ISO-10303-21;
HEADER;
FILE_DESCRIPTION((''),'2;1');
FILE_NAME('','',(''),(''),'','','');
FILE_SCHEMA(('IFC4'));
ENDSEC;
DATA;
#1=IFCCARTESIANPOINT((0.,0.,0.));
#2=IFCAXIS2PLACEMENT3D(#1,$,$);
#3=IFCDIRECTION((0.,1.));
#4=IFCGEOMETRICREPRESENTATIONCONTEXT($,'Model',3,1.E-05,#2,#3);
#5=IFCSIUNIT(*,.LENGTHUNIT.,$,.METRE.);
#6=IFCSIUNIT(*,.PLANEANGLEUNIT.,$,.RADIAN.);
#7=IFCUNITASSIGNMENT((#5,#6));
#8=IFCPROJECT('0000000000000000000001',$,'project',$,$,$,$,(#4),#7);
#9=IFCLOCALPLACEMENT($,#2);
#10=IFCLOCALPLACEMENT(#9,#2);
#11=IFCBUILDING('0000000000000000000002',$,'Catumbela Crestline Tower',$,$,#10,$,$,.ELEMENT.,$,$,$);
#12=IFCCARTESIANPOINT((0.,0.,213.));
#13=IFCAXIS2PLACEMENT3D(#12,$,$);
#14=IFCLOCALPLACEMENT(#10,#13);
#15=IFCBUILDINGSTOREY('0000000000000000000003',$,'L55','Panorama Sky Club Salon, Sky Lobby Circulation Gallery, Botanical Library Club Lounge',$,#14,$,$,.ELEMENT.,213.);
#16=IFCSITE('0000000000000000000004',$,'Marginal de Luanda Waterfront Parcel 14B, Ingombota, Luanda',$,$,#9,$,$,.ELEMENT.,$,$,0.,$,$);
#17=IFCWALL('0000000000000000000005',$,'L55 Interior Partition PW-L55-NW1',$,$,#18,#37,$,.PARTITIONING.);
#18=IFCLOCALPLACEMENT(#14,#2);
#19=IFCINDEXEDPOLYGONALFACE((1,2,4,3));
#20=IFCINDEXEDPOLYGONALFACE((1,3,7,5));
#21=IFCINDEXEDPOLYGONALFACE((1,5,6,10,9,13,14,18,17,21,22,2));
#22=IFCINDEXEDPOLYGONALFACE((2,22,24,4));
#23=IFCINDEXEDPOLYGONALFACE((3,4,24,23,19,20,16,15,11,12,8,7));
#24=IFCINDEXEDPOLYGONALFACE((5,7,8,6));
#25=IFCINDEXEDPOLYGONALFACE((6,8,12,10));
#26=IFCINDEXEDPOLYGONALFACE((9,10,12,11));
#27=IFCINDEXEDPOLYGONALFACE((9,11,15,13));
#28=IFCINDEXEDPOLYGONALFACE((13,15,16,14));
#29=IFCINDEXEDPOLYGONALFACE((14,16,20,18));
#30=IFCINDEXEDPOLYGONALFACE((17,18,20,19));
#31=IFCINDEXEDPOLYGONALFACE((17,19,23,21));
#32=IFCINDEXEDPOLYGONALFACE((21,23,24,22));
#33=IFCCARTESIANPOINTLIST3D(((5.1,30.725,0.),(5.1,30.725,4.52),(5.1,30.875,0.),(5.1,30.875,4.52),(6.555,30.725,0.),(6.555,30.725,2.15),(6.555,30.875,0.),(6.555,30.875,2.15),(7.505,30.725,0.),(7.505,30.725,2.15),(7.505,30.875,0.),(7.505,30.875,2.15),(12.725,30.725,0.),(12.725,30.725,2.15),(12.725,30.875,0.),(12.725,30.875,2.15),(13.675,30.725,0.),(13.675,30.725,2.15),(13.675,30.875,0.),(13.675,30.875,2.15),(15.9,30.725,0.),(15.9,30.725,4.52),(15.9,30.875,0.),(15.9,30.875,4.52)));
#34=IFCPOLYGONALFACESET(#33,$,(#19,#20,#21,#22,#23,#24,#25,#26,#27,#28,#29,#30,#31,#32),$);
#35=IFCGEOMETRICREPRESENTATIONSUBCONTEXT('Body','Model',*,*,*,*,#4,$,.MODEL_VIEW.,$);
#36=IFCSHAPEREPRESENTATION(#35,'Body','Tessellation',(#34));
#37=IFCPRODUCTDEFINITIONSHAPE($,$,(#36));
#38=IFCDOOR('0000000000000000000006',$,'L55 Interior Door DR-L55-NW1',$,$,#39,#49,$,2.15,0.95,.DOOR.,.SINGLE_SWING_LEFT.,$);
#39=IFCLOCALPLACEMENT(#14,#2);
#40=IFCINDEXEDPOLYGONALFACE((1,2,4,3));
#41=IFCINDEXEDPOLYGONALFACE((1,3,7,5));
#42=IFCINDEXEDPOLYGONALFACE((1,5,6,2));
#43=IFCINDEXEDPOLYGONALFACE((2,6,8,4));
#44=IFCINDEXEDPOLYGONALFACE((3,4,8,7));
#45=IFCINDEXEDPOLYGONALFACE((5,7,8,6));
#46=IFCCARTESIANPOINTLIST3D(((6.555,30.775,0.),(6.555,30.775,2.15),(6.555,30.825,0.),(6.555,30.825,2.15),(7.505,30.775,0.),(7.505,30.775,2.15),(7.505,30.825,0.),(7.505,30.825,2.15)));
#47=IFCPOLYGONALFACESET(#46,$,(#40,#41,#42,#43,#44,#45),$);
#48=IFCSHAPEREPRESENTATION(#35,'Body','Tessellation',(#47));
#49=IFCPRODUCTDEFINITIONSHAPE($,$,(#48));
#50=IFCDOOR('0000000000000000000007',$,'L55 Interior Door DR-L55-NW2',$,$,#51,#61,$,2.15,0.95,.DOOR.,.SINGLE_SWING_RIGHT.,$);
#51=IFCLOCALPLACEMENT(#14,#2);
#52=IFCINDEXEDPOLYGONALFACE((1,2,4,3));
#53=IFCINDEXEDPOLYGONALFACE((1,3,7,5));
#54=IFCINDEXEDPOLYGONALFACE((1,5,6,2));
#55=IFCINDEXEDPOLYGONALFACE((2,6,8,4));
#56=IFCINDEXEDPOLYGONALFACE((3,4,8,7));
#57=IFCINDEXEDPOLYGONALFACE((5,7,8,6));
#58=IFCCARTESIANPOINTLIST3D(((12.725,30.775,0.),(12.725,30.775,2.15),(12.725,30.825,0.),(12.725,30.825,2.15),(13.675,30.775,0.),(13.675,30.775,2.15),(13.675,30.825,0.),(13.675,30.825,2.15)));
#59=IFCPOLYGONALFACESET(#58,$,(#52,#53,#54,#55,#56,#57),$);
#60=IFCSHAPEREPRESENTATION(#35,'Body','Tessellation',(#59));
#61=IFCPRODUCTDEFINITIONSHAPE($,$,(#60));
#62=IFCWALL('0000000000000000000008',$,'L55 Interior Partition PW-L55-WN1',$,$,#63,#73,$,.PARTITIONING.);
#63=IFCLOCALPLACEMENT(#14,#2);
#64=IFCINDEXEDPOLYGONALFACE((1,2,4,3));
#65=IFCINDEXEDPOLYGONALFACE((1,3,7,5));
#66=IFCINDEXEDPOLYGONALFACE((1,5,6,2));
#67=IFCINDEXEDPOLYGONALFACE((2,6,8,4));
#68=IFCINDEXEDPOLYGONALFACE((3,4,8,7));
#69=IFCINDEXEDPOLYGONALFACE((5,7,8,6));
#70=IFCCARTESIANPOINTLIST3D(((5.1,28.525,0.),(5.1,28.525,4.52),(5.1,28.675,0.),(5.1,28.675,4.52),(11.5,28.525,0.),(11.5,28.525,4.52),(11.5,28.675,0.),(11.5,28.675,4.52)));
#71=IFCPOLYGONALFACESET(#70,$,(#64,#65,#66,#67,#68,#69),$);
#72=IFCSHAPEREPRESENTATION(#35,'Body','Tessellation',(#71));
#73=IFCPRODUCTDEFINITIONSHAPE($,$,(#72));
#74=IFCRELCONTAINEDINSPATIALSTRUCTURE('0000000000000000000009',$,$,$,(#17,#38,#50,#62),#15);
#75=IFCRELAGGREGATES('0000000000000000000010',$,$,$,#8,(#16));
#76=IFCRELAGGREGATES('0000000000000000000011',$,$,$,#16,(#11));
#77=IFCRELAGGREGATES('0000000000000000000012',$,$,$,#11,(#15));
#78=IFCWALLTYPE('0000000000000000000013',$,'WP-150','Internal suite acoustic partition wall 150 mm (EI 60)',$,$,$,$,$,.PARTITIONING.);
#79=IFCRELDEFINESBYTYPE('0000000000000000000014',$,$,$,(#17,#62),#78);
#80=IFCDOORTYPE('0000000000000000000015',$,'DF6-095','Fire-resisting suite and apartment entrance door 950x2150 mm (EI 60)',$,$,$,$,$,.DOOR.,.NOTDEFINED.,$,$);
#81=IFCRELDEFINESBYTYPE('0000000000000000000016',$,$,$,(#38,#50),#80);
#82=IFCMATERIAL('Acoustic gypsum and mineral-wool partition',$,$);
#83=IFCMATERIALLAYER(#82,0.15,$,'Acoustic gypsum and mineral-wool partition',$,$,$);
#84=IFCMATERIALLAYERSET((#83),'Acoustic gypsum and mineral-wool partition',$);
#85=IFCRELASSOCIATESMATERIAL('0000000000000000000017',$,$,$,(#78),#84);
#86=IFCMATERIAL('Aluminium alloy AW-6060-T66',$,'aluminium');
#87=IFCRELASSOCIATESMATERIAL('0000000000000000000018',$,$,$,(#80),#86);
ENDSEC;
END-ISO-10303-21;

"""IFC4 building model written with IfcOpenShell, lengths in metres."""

from ifc_helpers import new_model, si_unit, direction, frame, frame_2d, origin, place, context, subcontext, project, spatial, rectangle, extrude, material, layer, layer_set, type_object, element, fill, save


model = new_model("IFC4")

# Units and contexts
model_context = context("Model", 3, precision=1e-05, world=origin(), true_north=direction((0.0, 1.0)))
body_context = subcontext(model_context, "Body", "Model", "MODEL_VIEW")
ifc_project = project(units=[si_unit("LENGTHUNIT", "METRE"), si_unit("PLANEANGLEUNIT", "RADIAN")], contexts=[model_context])

# Site, building, storey
site_placement = place(None, origin())
site = spatial("IfcSite", under=ifc_project, at=site_placement, Name="Marginal de Luanda Waterfront Parcel 14B, Ingombota, Luanda", CompositionType="ELEMENT", RefElevation=0.0)
building_placement = place(site_placement, origin())
building = spatial("IfcBuilding", under=site, at=building_placement, Name="Catumbela Crestline Tower", CompositionType="ELEMENT")
storey_placement = place(building_placement, frame((0.0, 0.0, 213.0)))
storey = spatial("IfcBuildingStorey", under=building, at=storey_placement, Name="L55", Description="Panorama Sky Club Salon, Sky Lobby Circulation Gallery, Botanical Library Club Lounge", CompositionType="ELEMENT", Elevation=213.0)

# Shared definitions
ifc_material_1 = material(Name="Aluminium alloy AW-6060-T66", Category="aluminium")

# Wall, openings, doors
ifc_material_2 = material(Name="Acoustic gypsum and mineral-wool partition")
ifc_layer_1 = layer(ifc_material_2, 0.15, Name="Acoustic gypsum and mineral-wool partition")
ifc_layer_set_1 = layer_set([ifc_layer_1], Name="Acoustic gypsum and mineral-wool partition")
wall_type_1 = type_object("IfcWallType", Name="WP-150", Description="Internal suite acoustic partition wall 150 mm (EI 60)", PredefinedType="PARTITIONING", material=ifc_layer_set_1)
wall_1_placement = place(storey_placement, frame((5.1, 30.8, 0.0), z_axis=(0.0, 0.0, 1.0), x_axis=(1.0, 0.0, 0.0)))
wall_1 = element("IfcWall", 1, at=wall_1_placement, inside=storey, type_object=wall_type_1, Name="L55 Interior Partition PW-L55-NW1", PredefinedType="PARTITIONING", context=body_context, shape_type="SweptSolid", body=[
    extrude(rectangle(XDim=10.8, YDim=0.15, at=frame_2d((5.4, 0.0))), origin(), (0.0, 0.0, 1.0), 4.52),
])
opening_1_placement = place(wall_1_placement, frame((1.455, 0.0, 0.0)))
opening_1 = element("IfcOpeningElement", 2, at=opening_1_placement, cuts=wall_1, PredefinedType="OPENING", context=body_context, shape_type="SweptSolid", body=[
    extrude(rectangle(XDim=0.95, YDim=2.15, at=frame_2d((0.475, 1.075))), frame((0.0, 0.085, 0.0), z_axis=(0.0, -1.0, 0.0), x_axis=(1.0, 0.0, 0.0)), (0.0, 0.0, 1.0), 0.17),
])
opening_2_placement = place(wall_1_placement, frame((7.625, 0.0, 0.0)))
opening_2 = element("IfcOpeningElement", 3, at=opening_2_placement, cuts=wall_1, PredefinedType="OPENING", context=body_context, shape_type="SweptSolid", body=[
    extrude(rectangle(XDim=0.95, YDim=2.15, at=frame_2d((0.475, 1.075))), frame((0.0, 0.085, 0.0), z_axis=(0.0, -1.0, 0.0), x_axis=(1.0, 0.0, 0.0)), (0.0, 0.0, 1.0), 0.17),
])
door_type_1 = type_object("IfcDoorType", Name="DF6-095", Description="Fire-resisting suite and apartment entrance door 950x2150 mm (EI 60)", OperationType="NOTDEFINED", PredefinedType="DOOR", material=ifc_material_1)
door_1_placement = place(opening_1_placement, origin())
door_1 = element("IfcDoor", 4, at=door_1_placement, inside=storey, type_object=door_type_1, Name="L55 Interior Door DR-L55-NW1", OperationType="SINGLE_SWING_LEFT", OverallHeight=2.15, OverallWidth=0.95, PredefinedType="DOOR", context=body_context, shape_type="SweptSolid", body=[
    extrude(rectangle(XDim=0.95, YDim=2.15, at=frame_2d((0.475, 1.075))), frame((0.0, 0.025, 0.0), z_axis=(0.0, -1.0, 0.0), x_axis=(1.0, 0.0, 0.0)), (0.0, 0.0, 1.0), 0.05),
])
fill(opening_1, door_1)
door_2_placement = place(opening_2_placement, origin())
door_2 = element("IfcDoor", 5, at=door_2_placement, inside=storey, type_object=door_type_1, Name="L55 Interior Door DR-L55-NW2", OperationType="SINGLE_SWING_RIGHT", OverallHeight=2.15, OverallWidth=0.95, PredefinedType="DOOR", context=body_context, shape_type="SweptSolid", body=[
    extrude(rectangle(XDim=0.95, YDim=2.15, at=frame_2d((0.475, 1.075))), frame((0.0, 0.025, 0.0), z_axis=(0.0, -1.0, 0.0), x_axis=(1.0, 0.0, 0.0)), (0.0, 0.0, 1.0), 0.05),
])
fill(opening_2, door_2)

# Wall
wall_2_placement = place(storey_placement, frame((5.1, 28.6, 0.0), z_axis=(0.0, 0.0, 1.0), x_axis=(1.0, 0.0, 0.0)))
element("IfcWall", 6, at=wall_2_placement, inside=storey, type_object=wall_type_1, Name="L55 Interior Partition PW-L55-WN1", PredefinedType="PARTITIONING", context=body_context, shape_type="SweptSolid", body=[
    extrude(rectangle(XDim=6.4, YDim=0.15, at=frame_2d((3.2, 0.0))), origin(), (0.0, 0.0, 1.0), 4.52),
])

save(model, "model.ifc")
